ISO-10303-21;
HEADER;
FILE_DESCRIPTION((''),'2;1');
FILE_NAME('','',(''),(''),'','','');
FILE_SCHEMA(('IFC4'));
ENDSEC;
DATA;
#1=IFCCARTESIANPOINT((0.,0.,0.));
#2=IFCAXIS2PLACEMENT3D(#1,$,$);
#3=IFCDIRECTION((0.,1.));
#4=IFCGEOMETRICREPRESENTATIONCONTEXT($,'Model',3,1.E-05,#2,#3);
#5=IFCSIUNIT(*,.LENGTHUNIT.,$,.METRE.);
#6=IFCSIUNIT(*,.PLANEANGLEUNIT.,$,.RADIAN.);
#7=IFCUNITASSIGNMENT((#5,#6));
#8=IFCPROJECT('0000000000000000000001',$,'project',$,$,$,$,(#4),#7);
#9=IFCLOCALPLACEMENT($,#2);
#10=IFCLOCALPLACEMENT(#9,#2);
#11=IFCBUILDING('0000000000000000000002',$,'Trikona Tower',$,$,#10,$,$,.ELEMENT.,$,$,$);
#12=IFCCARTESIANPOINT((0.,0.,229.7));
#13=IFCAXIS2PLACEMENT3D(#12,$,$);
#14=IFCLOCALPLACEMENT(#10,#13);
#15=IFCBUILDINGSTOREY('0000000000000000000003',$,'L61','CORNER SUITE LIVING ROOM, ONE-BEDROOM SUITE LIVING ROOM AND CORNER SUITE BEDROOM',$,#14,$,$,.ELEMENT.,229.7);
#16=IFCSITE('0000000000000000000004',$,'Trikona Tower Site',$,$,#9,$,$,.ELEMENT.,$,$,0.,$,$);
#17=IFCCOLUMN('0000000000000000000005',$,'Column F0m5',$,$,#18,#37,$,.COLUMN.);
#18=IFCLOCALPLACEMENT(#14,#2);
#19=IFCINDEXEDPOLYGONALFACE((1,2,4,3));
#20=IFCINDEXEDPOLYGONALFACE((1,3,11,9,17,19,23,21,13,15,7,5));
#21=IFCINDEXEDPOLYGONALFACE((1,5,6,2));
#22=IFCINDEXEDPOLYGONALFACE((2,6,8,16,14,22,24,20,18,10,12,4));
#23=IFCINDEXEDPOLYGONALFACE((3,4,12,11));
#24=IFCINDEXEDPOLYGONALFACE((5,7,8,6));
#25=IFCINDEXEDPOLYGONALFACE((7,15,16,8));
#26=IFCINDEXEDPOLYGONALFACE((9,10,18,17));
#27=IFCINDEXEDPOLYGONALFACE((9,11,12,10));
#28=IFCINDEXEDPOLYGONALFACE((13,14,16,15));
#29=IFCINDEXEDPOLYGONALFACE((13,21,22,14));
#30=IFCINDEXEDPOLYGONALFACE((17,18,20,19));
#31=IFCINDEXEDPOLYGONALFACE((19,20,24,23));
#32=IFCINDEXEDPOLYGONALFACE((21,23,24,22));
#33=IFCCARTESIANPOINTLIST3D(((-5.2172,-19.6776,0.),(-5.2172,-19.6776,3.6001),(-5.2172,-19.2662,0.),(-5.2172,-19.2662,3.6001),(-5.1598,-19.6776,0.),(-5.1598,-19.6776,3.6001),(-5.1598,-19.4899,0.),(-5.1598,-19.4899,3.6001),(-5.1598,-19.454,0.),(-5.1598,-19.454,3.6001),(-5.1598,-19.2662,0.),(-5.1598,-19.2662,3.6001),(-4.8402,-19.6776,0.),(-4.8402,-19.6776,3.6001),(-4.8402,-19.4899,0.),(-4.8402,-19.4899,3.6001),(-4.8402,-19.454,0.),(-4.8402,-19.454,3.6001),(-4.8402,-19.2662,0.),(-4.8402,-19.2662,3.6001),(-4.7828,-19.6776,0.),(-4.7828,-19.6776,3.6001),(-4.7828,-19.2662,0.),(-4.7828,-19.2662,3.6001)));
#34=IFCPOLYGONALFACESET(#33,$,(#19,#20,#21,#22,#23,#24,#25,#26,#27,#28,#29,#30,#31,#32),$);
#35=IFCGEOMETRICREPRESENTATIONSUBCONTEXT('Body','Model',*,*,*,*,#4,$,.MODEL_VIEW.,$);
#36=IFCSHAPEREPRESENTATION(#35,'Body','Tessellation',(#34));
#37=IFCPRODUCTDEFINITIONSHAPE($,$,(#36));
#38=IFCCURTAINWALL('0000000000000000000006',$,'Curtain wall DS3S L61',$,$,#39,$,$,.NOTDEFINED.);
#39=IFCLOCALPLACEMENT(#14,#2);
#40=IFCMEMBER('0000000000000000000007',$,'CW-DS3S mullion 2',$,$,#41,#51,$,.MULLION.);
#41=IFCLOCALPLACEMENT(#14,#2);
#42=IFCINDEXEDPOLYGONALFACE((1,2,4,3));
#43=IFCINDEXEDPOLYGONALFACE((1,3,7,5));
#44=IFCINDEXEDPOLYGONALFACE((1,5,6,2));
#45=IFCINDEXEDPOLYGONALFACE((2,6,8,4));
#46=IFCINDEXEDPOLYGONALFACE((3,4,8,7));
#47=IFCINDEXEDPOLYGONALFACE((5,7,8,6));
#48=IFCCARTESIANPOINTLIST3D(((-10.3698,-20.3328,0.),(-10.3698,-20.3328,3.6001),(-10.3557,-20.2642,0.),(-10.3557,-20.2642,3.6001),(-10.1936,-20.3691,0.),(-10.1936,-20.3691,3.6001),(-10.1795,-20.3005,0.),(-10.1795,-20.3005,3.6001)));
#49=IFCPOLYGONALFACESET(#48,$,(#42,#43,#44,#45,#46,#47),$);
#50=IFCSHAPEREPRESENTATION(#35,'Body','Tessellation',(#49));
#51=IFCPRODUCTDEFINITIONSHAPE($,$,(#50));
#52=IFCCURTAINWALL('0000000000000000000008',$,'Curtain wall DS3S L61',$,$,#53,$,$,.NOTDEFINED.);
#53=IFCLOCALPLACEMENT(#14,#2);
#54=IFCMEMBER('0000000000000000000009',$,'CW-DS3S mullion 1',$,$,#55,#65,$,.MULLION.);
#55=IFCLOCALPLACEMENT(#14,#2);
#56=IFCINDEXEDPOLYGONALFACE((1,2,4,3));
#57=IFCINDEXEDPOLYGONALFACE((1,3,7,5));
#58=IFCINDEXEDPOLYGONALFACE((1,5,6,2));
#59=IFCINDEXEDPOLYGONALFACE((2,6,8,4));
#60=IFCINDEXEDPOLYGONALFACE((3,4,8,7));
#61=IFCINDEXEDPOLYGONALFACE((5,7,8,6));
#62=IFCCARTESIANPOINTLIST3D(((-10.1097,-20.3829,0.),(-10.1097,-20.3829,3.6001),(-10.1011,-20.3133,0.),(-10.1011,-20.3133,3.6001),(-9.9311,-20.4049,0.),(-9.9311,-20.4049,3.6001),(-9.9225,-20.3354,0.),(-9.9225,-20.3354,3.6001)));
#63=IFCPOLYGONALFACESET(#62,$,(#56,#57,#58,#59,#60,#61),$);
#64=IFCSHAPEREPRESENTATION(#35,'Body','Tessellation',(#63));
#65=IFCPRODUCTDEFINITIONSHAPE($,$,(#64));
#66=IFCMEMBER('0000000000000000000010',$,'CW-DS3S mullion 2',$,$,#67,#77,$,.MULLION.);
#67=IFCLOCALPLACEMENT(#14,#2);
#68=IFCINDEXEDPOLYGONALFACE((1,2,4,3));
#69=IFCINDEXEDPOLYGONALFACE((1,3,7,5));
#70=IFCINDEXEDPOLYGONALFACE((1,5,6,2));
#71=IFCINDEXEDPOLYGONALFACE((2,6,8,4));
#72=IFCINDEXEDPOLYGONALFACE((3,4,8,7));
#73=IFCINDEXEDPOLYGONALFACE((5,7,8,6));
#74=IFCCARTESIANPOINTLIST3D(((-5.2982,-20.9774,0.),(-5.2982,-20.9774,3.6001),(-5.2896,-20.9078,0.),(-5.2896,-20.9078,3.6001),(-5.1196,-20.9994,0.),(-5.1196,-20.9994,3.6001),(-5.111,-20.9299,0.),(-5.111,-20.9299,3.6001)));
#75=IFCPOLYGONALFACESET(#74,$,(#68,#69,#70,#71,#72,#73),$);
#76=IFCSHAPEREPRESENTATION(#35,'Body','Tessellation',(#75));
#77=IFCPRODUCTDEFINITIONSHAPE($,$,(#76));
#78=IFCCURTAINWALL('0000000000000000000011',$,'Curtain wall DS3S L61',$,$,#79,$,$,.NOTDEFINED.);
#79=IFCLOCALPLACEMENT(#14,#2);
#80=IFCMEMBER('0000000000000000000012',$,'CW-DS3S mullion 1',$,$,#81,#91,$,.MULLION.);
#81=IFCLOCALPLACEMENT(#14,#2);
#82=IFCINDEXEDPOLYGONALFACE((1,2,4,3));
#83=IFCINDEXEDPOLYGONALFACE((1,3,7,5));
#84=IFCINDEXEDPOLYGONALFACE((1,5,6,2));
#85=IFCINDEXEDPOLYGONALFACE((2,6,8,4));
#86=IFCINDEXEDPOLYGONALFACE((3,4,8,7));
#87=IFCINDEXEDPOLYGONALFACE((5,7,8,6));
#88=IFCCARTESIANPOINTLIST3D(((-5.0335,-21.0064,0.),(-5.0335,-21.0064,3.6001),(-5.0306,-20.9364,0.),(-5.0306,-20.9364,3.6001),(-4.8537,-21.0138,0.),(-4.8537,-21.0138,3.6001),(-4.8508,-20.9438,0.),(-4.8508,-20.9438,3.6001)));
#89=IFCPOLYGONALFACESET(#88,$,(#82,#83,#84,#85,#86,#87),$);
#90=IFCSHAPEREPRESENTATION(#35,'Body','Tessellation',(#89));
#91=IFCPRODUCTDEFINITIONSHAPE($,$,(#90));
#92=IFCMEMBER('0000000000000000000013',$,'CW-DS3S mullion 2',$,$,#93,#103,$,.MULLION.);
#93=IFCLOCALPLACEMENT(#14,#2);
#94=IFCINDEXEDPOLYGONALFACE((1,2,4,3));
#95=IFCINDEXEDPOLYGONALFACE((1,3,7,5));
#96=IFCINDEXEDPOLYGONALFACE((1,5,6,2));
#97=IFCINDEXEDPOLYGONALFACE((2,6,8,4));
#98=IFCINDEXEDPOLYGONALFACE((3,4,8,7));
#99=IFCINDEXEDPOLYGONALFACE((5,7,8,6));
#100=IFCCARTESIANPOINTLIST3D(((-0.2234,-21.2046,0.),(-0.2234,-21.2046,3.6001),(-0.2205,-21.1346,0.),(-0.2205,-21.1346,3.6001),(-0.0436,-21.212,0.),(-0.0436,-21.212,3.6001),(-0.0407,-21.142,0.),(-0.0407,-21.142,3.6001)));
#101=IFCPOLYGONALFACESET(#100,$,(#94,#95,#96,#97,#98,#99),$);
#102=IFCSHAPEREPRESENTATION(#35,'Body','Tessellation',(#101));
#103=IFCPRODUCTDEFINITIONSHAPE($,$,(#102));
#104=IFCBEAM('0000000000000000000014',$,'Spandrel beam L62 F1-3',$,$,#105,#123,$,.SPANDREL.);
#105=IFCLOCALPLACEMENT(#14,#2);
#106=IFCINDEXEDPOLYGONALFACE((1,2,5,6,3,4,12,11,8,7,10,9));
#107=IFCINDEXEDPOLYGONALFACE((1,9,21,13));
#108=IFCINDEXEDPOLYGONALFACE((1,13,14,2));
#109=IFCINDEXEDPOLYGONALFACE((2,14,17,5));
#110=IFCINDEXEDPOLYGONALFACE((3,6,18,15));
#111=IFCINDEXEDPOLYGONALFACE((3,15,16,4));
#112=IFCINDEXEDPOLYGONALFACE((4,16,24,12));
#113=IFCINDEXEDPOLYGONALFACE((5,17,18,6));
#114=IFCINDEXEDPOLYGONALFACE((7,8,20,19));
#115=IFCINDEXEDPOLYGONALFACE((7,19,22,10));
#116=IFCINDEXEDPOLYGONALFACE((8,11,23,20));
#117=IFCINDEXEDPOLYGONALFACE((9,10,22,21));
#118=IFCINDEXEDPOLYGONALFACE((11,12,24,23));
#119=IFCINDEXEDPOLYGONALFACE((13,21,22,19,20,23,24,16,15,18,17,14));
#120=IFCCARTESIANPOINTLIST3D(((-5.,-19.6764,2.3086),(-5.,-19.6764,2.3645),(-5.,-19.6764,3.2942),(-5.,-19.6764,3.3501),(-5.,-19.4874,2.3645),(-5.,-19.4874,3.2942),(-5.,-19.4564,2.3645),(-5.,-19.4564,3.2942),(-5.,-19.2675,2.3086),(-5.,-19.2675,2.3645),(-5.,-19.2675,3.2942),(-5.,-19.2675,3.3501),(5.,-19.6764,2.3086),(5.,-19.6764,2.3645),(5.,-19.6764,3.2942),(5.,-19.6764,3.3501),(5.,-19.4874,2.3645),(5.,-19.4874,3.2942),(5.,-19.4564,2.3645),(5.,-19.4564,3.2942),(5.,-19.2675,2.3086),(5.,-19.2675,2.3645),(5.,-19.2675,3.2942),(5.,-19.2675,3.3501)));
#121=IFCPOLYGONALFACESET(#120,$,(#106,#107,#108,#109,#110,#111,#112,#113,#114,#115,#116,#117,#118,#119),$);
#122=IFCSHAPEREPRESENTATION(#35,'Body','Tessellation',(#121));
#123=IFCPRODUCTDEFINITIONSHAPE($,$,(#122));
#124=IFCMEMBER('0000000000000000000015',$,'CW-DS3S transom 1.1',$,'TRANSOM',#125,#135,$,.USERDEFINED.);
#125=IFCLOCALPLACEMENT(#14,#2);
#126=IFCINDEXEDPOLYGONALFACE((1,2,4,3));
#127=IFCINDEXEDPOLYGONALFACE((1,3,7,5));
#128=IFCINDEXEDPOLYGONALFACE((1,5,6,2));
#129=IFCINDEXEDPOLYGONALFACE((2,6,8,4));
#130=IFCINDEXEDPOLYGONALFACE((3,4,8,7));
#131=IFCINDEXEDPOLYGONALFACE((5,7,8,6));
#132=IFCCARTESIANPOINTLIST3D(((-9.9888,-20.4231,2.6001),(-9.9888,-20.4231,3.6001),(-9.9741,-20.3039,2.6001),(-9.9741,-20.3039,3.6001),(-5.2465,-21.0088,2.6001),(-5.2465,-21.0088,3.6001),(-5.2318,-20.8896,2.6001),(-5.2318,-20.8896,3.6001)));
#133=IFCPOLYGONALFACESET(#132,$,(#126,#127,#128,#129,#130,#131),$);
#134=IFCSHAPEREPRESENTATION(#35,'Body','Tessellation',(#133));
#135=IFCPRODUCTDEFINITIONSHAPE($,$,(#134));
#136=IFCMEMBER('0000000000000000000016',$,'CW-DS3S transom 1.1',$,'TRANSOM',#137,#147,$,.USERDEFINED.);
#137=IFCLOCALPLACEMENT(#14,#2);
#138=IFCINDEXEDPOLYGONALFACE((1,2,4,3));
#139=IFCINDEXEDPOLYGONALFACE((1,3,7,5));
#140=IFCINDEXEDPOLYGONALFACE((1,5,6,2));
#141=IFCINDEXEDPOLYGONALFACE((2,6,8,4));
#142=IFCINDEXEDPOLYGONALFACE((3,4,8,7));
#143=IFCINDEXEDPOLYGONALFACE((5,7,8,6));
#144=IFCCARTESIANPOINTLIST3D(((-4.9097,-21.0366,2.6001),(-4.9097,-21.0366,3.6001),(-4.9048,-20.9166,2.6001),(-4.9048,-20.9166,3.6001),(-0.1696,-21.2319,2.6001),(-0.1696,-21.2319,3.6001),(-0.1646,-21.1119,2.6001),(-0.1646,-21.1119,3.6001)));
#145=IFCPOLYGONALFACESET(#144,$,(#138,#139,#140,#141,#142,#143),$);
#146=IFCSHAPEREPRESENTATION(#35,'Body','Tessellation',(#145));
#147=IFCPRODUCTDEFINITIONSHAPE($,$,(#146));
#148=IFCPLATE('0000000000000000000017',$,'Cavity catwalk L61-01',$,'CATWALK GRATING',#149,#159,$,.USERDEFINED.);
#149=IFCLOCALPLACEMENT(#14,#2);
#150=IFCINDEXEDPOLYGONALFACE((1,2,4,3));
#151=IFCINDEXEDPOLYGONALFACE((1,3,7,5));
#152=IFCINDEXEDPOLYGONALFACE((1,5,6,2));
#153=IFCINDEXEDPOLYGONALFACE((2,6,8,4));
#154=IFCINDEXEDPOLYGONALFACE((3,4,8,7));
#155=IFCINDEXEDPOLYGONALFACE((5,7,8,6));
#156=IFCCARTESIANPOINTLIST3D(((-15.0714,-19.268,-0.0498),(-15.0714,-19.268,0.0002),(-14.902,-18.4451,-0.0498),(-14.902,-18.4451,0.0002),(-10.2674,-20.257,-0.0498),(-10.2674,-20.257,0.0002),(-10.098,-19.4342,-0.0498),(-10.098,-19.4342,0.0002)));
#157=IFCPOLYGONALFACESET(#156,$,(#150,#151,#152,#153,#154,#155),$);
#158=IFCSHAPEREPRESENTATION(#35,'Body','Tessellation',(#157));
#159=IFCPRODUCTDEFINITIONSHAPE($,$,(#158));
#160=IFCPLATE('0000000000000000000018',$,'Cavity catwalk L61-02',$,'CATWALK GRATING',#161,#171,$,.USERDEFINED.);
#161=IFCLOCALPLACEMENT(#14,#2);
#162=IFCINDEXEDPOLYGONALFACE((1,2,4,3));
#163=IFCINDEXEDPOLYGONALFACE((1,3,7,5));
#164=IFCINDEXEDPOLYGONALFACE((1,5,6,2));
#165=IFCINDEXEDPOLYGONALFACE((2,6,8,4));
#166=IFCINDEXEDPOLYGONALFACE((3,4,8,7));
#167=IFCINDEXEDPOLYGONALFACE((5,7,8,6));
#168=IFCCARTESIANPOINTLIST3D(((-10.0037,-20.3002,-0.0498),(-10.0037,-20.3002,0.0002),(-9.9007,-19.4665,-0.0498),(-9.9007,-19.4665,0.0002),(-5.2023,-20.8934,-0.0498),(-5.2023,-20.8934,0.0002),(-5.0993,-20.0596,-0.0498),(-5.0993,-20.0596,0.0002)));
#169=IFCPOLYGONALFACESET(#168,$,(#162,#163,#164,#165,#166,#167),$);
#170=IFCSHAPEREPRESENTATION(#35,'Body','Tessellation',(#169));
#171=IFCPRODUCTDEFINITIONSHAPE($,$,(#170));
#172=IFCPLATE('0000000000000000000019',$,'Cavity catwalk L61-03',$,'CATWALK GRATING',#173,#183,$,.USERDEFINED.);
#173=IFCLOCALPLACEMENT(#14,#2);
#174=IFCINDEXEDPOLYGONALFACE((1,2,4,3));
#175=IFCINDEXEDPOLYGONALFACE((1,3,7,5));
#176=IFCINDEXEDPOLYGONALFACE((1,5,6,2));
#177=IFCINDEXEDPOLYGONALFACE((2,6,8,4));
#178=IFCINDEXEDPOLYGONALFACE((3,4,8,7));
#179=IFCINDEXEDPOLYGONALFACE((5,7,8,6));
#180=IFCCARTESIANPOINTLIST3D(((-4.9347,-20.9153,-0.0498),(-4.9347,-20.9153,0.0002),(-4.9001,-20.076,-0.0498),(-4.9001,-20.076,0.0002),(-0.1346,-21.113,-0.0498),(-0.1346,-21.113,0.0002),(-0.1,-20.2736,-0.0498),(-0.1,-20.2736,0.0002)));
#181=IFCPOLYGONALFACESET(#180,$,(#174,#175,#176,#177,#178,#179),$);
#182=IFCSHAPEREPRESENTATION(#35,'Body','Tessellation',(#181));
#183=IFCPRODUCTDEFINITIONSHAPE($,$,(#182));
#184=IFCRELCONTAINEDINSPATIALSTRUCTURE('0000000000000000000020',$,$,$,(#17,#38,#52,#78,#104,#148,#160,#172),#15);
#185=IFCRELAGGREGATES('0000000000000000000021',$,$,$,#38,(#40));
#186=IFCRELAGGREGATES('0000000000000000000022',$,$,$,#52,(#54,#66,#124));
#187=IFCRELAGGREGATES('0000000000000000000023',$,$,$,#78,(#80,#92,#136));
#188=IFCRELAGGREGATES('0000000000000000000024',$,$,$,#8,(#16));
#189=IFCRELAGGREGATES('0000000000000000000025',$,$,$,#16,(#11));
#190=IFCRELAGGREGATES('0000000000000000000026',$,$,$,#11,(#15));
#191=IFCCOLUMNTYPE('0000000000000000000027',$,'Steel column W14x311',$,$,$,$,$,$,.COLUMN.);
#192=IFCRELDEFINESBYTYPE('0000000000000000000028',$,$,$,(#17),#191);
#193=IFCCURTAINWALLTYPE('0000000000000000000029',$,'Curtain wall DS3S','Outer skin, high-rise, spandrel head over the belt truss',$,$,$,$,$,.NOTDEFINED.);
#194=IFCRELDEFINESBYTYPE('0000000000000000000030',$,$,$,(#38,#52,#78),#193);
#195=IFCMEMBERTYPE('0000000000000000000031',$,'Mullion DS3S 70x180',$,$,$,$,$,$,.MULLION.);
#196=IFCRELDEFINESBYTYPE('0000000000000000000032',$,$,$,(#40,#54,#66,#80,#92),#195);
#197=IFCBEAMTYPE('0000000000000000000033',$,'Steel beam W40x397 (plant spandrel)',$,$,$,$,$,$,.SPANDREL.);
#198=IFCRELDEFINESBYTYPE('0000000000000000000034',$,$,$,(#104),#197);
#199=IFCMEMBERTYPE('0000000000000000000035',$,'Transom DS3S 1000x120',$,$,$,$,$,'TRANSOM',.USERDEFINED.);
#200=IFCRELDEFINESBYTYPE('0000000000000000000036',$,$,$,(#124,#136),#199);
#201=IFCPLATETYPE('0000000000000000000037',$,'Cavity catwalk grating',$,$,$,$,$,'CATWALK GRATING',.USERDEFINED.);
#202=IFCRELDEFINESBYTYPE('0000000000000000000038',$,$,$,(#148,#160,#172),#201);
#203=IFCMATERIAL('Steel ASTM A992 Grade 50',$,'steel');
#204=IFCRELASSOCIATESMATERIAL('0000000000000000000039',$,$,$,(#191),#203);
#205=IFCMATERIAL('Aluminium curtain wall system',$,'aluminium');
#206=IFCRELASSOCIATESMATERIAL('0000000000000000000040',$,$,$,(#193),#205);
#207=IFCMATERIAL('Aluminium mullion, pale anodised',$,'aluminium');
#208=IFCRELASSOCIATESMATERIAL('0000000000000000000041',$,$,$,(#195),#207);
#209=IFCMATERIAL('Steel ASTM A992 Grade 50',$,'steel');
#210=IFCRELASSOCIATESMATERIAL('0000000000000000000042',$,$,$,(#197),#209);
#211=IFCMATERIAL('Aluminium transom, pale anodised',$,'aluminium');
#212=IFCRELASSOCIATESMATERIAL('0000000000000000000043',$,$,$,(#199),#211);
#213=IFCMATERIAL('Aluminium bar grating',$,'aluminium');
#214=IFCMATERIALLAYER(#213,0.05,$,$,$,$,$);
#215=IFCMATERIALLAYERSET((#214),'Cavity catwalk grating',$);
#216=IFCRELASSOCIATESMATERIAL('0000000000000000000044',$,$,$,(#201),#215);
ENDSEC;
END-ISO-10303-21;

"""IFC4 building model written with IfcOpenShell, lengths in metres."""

from ifc_helpers import new_model, si_unit, direction, frame, origin, origin_2d, place, context, subcontext, project, spatial, rectangle, i_section, extrude, material, layer, layer_set, material_profile, profile_set, type_object, element, aggregate, save


model = new_model("IFC4")

# Units and contexts
model_context = context("Model", 3, precision=1e-05, world=origin(), true_north=direction((0.0, 1.0)))
body_context = subcontext(model_context, "Body", "Model", "MODEL_VIEW")
ifc_project = project(units=[si_unit("LENGTHUNIT", "METRE"), si_unit("PLANEANGLEUNIT", "RADIAN")], contexts=[model_context])

# Site, building, storey
site_placement = place(None, origin())
site = spatial("IfcSite", under=ifc_project, at=site_placement, Name="Trikona Tower Site", CompositionType="ELEMENT", RefElevation=0.0)
building_placement = place(site_placement, origin())
building = spatial("IfcBuilding", under=site, at=building_placement, Name="Trikona Tower", CompositionType="ELEMENT")
storey_placement = place(building_placement, frame((0.0, 0.0, 229.7)))
storey = spatial("IfcBuildingStorey", under=building, at=storey_placement, Name="L61", Description="CORNER SUITE LIVING ROOM, ONE-BEDROOM SUITE LIVING ROOM AND CORNER SUITE BEDROOM", CompositionType="ELEMENT", Elevation=229.7)

# Column
ifc_material_1 = material(Name="Steel ASTM A992 Grade 50", Category="steel")
ifc_material_profile_1 = material_profile(ifc_material_1, i_section(OverallWidth=0.4114, OverallDepth=0.4343, WebThickness=0.0359, FlangeThickness=0.0574, at=origin_2d()), Name="W14X311")
ifc_profile_set_1 = profile_set([ifc_material_profile_1], Name="Steel ASTM A992 Grade 50")
column_type = type_object("IfcColumnType", Name="Steel column W14x311", PredefinedType="COLUMN", material=ifc_profile_set_1)
column_placement = place(storey_placement, frame((-5.0, -19.4719, 0.0), z_axis=(0.0, 0.0, 1.0), x_axis=(0.0, -1.0, 0.0)))
element("IfcColumn", 1, at=column_placement, inside=storey, type_object=column_type, Name="Column F0m5", PredefinedType="COLUMN", context=body_context, shape_type="SweptSolid", body=[
    extrude(i_section(OverallWidth=0.4114, OverallDepth=0.4343, WebThickness=0.0359, FlangeThickness=0.0574, at=origin_2d()), origin(), (0.0, 0.0, 1.0), 3.6001),
])

# Curtain wall, member
ifc_material_2 = material(Name="Aluminium curtain wall system", Category="aluminium")
curtain_wall_type = type_object("IfcCurtainWallType", Name="Curtain wall DS3S", Description="Outer skin, high-rise, spandrel head over the belt truss", PredefinedType="NOTDEFINED", material=ifc_material_2)
curtain_wall_1_placement = place(storey_placement, origin())
curtain_wall_1 = element("IfcCurtainWall", 2, at=curtain_wall_1_placement, inside=storey, type_object=curtain_wall_type, Name="Curtain wall DS3S L61", PredefinedType="NOTDEFINED")
ifc_material_3 = material(Name="Aluminium mullion, pale anodised", Category="aluminium")
ifc_material_profile_2 = material_profile(ifc_material_3, rectangle(XDim=0.0701, YDim=0.1799, at=origin_2d()), Name="MUL-DS3S")
ifc_profile_set_2 = profile_set([ifc_material_profile_2], Name="Aluminium mullion, pale anodised")
member_type_1 = type_object("IfcMemberType", Name="Mullion DS3S 70x180", PredefinedType="MULLION", material=ifc_profile_set_2)
member_1_placement = place(storey_placement, frame((-10.2747, -20.3167, 0.0), z_axis=(0.0, 0.0, 1.0), x_axis=(0.201653, 0.979457, 0.0)))
member_1 = element("IfcMember", 3, at=member_1_placement, type_object=member_type_1, Name="CW-DS3S mullion 2", PredefinedType="MULLION", context=body_context, shape_type="SweptSolid", body=[
    extrude(rectangle(XDim=0.0701, YDim=0.1799, at=origin_2d()), origin(), (0.0, 0.0, 1.0), 3.6001),
])

# Curtain walls, members
curtain_wall_2_placement = place(storey_placement, origin())
curtain_wall_2 = element("IfcCurtainWall", 4, at=curtain_wall_2_placement, inside=storey, type_object=curtain_wall_type, Name="Curtain wall DS3S L61", PredefinedType="NOTDEFINED")
member_2_placement = place(storey_placement, frame((-10.0161, -20.3591, 0.0), z_axis=(0.0, 0.0, 1.0), x_axis=(0.122611, 0.992455, 0.0)))
member_2 = element("IfcMember", 5, at=member_2_placement, type_object=member_type_1, Name="CW-DS3S mullion 1", PredefinedType="MULLION", context=body_context, shape_type="SweptSolid", body=[
    extrude(rectangle(XDim=0.0701, YDim=0.1799, at=origin_2d()), origin(), (0.0, 0.0, 1.0), 3.6001),
])
member_3_placement = place(storey_placement, frame((-5.2046, -20.9536, 0.0), z_axis=(0.0, 0.0, 1.0), x_axis=(0.122611, 0.992455, 0.0)))
member_3 = element("IfcMember", 6, at=member_3_placement, type_object=member_type_1, Name="CW-DS3S mullion 2", PredefinedType="MULLION", context=body_context, shape_type="SweptSolid", body=[
    extrude(rectangle(XDim=0.0701, YDim=0.1799, at=origin_2d()), origin(), (0.0, 0.0, 1.0), 3.6001),
])
curtain_wall_3_placement = place(storey_placement, origin())
curtain_wall_3 = element("IfcCurtainWall", 7, at=curtain_wall_3_placement, inside=storey, type_object=curtain_wall_type, Name="Curtain wall DS3S L61", PredefinedType="NOTDEFINED")
member_4_placement = place(storey_placement, frame((-4.9421, -20.9751, 0.0), z_axis=(0.0, 0.0, 1.0), x_axis=(0.041153, 0.999153, 0.0)))
member_4 = element("IfcMember", 8, at=member_4_placement, type_object=member_type_1, Name="CW-DS3S mullion 1", PredefinedType="MULLION", context=body_context, shape_type="SweptSolid", body=[
    extrude(rectangle(XDim=0.0701, YDim=0.1799, at=origin_2d()), origin(), (0.0, 0.0, 1.0), 3.6001),
])
member_5_placement = place(storey_placement, frame((-0.1321, -21.1733, 0.0), z_axis=(0.0, 0.0, 1.0), x_axis=(0.041153, 0.999153, 0.0)))
member_5 = element("IfcMember", 9, at=member_5_placement, type_object=member_type_1, Name="CW-DS3S mullion 2", PredefinedType="MULLION", context=body_context, shape_type="SweptSolid", body=[
    extrude(rectangle(XDim=0.0701, YDim=0.1799, at=origin_2d()), origin(), (0.0, 0.0, 1.0), 3.6001),
])

# Beam
ifc_material_4 = material(Name="Steel ASTM A992 Grade 50", Category="steel")
ifc_material_profile_3 = material_profile(ifc_material_4, i_section(OverallWidth=0.4089, OverallDepth=1.0415, WebThickness=0.031, FlangeThickness=0.0559, at=origin_2d()), Name="W40X397")
ifc_profile_set_3 = profile_set([ifc_material_profile_3], Name="Steel ASTM A992 Grade 50")
beam_type = type_object("IfcBeamType", Name="Steel beam W40x397 (plant spandrel)", PredefinedType="SPANDREL", material=ifc_profile_set_3)
beam_placement = place(storey_placement, frame((-5.0, -19.4719, 2.8293), z_axis=(1.0, 0.0, 0.0), x_axis=(0.0, 1.0, 0.0)))
element("IfcBeam", 10, at=beam_placement, inside=storey, type_object=beam_type, Name="Spandrel beam L62 F1-3", PredefinedType="SPANDREL", context=body_context, shape_type="SweptSolid", body=[
    extrude(i_section(OverallWidth=0.4089, OverallDepth=1.0415, WebThickness=0.031, FlangeThickness=0.0559, at=origin_2d()), origin(), (0.0, 0.0, 1.0), 10.0),
])

# Members
ifc_material_5 = material(Name="Aluminium transom, pale anodised", Category="aluminium")
ifc_material_profile_4 = material_profile(ifc_material_5, rectangle(XDim=0.1201, YDim=1.0, at=origin_2d()), Name="TRN-DS3S")
ifc_profile_set_4 = profile_set([ifc_material_profile_4], Name="Aluminium transom, pale anodised")
member_type_2 = type_object("IfcMemberType", Name="Transom DS3S 1000x120", ElementType="TRANSOM", PredefinedType="USERDEFINED", material=ifc_profile_set_4)
member_6_placement = place(storey_placement, frame((-9.9814, -20.3635, 3.1001), z_axis=(0.992459, -0.122576, 0.0), x_axis=(0.122576, 0.992459, 0.0)))
member_6 = element("IfcMember", 11, at=member_6_placement, type_object=member_type_2, Name="CW-DS3S transom 1.1", ObjectType="TRANSOM", PredefinedType="USERDEFINED", context=body_context, shape_type="SweptSolid", body=[
    extrude(rectangle(XDim=0.1201, YDim=1.0, at=origin_2d()), origin(), (0.0, 0.0, 1.0), 4.7783),
])
member_7_placement = place(storey_placement, frame((-4.9072, -20.9766, 3.1001), z_axis=(0.999152, -0.041168, 0.0), x_axis=(0.041168, 0.999152, 0.0)))
member_7 = element("IfcMember", 12, at=member_7_placement, type_object=member_type_2, Name="CW-DS3S transom 1.1", ObjectType="TRANSOM", PredefinedType="USERDEFINED", context=body_context, shape_type="SweptSolid", body=[
    extrude(rectangle(XDim=0.1201, YDim=1.0, at=origin_2d()), origin(), (0.0, 0.0, 1.0), 4.7441),
])

# Plates
ifc_material_6 = material(Name="Aluminium bar grating", Category="aluminium")
ifc_layer_1 = layer(ifc_material_6, 0.05)
ifc_layer_set_1 = layer_set([ifc_layer_1], Name="Cavity catwalk grating")
plate_type_1 = type_object("IfcPlateType", Name="Cavity catwalk grating", ElementType="CATWALK GRATING", PredefinedType="USERDEFINED", material=ifc_layer_set_1)
plate_1_placement = place(storey_placement, frame((-12.5847, -19.3511, -0.0498), z_axis=(0.0, 0.0, 1.0), x_axis=(0.979458, -0.201651, 0.0)))
element("IfcPlate", 13, at=plate_1_placement, inside=storey, type_object=plate_type_1, Name="Cavity catwalk L61-01", ObjectType="CATWALK GRATING", PredefinedType="USERDEFINED", context=body_context, shape_type="SweptSolid", body=[
    extrude(rectangle(XDim=4.9048, YDim=0.8401, at=origin_2d()), origin(), (0.0, 0.0, 1.0), 0.05),
])
plate_2_placement = place(storey_placement, frame((-7.5515, -20.1799, -0.0498), z_axis=(0.0, 0.0, 1.0), x_axis=(0.992455, -0.122607, 0.0)))
element("IfcPlate", 14, at=plate_2_placement, inside=storey, type_object=plate_type_1, Name="Cavity catwalk L61-02", ObjectType="CATWALK GRATING", PredefinedType="USERDEFINED", context=body_context, shape_type="SweptSolid", body=[
    extrude(rectangle(XDim=4.8379, YDim=0.8401, at=origin_2d()), origin(), (0.0, 0.0, 1.0), 0.05),
])
plate_3_placement = place(storey_placement, frame((-2.5173, -20.5945, -0.0498), z_axis=(0.0, 0.0, 1.0), x_axis=(0.999153, -0.041145, 0.0)))
element("IfcPlate", 15, at=plate_3_placement, inside=storey, type_object=plate_type_1, Name="Cavity catwalk L61-03", ObjectType="CATWALK GRATING", PredefinedType="USERDEFINED", context=body_context, shape_type="SweptSolid", body=[
    extrude(rectangle(XDim=4.8042, YDim=0.8401, at=origin_2d()), origin(), (0.0, 0.0, 1.0), 0.05),
])

aggregate(curtain_wall_1, [member_1])
aggregate(curtain_wall_2, [member_2, member_3, member_6])
aggregate(curtain_wall_3, [member_4, member_5, member_7])

save(model, "model.ifc")
